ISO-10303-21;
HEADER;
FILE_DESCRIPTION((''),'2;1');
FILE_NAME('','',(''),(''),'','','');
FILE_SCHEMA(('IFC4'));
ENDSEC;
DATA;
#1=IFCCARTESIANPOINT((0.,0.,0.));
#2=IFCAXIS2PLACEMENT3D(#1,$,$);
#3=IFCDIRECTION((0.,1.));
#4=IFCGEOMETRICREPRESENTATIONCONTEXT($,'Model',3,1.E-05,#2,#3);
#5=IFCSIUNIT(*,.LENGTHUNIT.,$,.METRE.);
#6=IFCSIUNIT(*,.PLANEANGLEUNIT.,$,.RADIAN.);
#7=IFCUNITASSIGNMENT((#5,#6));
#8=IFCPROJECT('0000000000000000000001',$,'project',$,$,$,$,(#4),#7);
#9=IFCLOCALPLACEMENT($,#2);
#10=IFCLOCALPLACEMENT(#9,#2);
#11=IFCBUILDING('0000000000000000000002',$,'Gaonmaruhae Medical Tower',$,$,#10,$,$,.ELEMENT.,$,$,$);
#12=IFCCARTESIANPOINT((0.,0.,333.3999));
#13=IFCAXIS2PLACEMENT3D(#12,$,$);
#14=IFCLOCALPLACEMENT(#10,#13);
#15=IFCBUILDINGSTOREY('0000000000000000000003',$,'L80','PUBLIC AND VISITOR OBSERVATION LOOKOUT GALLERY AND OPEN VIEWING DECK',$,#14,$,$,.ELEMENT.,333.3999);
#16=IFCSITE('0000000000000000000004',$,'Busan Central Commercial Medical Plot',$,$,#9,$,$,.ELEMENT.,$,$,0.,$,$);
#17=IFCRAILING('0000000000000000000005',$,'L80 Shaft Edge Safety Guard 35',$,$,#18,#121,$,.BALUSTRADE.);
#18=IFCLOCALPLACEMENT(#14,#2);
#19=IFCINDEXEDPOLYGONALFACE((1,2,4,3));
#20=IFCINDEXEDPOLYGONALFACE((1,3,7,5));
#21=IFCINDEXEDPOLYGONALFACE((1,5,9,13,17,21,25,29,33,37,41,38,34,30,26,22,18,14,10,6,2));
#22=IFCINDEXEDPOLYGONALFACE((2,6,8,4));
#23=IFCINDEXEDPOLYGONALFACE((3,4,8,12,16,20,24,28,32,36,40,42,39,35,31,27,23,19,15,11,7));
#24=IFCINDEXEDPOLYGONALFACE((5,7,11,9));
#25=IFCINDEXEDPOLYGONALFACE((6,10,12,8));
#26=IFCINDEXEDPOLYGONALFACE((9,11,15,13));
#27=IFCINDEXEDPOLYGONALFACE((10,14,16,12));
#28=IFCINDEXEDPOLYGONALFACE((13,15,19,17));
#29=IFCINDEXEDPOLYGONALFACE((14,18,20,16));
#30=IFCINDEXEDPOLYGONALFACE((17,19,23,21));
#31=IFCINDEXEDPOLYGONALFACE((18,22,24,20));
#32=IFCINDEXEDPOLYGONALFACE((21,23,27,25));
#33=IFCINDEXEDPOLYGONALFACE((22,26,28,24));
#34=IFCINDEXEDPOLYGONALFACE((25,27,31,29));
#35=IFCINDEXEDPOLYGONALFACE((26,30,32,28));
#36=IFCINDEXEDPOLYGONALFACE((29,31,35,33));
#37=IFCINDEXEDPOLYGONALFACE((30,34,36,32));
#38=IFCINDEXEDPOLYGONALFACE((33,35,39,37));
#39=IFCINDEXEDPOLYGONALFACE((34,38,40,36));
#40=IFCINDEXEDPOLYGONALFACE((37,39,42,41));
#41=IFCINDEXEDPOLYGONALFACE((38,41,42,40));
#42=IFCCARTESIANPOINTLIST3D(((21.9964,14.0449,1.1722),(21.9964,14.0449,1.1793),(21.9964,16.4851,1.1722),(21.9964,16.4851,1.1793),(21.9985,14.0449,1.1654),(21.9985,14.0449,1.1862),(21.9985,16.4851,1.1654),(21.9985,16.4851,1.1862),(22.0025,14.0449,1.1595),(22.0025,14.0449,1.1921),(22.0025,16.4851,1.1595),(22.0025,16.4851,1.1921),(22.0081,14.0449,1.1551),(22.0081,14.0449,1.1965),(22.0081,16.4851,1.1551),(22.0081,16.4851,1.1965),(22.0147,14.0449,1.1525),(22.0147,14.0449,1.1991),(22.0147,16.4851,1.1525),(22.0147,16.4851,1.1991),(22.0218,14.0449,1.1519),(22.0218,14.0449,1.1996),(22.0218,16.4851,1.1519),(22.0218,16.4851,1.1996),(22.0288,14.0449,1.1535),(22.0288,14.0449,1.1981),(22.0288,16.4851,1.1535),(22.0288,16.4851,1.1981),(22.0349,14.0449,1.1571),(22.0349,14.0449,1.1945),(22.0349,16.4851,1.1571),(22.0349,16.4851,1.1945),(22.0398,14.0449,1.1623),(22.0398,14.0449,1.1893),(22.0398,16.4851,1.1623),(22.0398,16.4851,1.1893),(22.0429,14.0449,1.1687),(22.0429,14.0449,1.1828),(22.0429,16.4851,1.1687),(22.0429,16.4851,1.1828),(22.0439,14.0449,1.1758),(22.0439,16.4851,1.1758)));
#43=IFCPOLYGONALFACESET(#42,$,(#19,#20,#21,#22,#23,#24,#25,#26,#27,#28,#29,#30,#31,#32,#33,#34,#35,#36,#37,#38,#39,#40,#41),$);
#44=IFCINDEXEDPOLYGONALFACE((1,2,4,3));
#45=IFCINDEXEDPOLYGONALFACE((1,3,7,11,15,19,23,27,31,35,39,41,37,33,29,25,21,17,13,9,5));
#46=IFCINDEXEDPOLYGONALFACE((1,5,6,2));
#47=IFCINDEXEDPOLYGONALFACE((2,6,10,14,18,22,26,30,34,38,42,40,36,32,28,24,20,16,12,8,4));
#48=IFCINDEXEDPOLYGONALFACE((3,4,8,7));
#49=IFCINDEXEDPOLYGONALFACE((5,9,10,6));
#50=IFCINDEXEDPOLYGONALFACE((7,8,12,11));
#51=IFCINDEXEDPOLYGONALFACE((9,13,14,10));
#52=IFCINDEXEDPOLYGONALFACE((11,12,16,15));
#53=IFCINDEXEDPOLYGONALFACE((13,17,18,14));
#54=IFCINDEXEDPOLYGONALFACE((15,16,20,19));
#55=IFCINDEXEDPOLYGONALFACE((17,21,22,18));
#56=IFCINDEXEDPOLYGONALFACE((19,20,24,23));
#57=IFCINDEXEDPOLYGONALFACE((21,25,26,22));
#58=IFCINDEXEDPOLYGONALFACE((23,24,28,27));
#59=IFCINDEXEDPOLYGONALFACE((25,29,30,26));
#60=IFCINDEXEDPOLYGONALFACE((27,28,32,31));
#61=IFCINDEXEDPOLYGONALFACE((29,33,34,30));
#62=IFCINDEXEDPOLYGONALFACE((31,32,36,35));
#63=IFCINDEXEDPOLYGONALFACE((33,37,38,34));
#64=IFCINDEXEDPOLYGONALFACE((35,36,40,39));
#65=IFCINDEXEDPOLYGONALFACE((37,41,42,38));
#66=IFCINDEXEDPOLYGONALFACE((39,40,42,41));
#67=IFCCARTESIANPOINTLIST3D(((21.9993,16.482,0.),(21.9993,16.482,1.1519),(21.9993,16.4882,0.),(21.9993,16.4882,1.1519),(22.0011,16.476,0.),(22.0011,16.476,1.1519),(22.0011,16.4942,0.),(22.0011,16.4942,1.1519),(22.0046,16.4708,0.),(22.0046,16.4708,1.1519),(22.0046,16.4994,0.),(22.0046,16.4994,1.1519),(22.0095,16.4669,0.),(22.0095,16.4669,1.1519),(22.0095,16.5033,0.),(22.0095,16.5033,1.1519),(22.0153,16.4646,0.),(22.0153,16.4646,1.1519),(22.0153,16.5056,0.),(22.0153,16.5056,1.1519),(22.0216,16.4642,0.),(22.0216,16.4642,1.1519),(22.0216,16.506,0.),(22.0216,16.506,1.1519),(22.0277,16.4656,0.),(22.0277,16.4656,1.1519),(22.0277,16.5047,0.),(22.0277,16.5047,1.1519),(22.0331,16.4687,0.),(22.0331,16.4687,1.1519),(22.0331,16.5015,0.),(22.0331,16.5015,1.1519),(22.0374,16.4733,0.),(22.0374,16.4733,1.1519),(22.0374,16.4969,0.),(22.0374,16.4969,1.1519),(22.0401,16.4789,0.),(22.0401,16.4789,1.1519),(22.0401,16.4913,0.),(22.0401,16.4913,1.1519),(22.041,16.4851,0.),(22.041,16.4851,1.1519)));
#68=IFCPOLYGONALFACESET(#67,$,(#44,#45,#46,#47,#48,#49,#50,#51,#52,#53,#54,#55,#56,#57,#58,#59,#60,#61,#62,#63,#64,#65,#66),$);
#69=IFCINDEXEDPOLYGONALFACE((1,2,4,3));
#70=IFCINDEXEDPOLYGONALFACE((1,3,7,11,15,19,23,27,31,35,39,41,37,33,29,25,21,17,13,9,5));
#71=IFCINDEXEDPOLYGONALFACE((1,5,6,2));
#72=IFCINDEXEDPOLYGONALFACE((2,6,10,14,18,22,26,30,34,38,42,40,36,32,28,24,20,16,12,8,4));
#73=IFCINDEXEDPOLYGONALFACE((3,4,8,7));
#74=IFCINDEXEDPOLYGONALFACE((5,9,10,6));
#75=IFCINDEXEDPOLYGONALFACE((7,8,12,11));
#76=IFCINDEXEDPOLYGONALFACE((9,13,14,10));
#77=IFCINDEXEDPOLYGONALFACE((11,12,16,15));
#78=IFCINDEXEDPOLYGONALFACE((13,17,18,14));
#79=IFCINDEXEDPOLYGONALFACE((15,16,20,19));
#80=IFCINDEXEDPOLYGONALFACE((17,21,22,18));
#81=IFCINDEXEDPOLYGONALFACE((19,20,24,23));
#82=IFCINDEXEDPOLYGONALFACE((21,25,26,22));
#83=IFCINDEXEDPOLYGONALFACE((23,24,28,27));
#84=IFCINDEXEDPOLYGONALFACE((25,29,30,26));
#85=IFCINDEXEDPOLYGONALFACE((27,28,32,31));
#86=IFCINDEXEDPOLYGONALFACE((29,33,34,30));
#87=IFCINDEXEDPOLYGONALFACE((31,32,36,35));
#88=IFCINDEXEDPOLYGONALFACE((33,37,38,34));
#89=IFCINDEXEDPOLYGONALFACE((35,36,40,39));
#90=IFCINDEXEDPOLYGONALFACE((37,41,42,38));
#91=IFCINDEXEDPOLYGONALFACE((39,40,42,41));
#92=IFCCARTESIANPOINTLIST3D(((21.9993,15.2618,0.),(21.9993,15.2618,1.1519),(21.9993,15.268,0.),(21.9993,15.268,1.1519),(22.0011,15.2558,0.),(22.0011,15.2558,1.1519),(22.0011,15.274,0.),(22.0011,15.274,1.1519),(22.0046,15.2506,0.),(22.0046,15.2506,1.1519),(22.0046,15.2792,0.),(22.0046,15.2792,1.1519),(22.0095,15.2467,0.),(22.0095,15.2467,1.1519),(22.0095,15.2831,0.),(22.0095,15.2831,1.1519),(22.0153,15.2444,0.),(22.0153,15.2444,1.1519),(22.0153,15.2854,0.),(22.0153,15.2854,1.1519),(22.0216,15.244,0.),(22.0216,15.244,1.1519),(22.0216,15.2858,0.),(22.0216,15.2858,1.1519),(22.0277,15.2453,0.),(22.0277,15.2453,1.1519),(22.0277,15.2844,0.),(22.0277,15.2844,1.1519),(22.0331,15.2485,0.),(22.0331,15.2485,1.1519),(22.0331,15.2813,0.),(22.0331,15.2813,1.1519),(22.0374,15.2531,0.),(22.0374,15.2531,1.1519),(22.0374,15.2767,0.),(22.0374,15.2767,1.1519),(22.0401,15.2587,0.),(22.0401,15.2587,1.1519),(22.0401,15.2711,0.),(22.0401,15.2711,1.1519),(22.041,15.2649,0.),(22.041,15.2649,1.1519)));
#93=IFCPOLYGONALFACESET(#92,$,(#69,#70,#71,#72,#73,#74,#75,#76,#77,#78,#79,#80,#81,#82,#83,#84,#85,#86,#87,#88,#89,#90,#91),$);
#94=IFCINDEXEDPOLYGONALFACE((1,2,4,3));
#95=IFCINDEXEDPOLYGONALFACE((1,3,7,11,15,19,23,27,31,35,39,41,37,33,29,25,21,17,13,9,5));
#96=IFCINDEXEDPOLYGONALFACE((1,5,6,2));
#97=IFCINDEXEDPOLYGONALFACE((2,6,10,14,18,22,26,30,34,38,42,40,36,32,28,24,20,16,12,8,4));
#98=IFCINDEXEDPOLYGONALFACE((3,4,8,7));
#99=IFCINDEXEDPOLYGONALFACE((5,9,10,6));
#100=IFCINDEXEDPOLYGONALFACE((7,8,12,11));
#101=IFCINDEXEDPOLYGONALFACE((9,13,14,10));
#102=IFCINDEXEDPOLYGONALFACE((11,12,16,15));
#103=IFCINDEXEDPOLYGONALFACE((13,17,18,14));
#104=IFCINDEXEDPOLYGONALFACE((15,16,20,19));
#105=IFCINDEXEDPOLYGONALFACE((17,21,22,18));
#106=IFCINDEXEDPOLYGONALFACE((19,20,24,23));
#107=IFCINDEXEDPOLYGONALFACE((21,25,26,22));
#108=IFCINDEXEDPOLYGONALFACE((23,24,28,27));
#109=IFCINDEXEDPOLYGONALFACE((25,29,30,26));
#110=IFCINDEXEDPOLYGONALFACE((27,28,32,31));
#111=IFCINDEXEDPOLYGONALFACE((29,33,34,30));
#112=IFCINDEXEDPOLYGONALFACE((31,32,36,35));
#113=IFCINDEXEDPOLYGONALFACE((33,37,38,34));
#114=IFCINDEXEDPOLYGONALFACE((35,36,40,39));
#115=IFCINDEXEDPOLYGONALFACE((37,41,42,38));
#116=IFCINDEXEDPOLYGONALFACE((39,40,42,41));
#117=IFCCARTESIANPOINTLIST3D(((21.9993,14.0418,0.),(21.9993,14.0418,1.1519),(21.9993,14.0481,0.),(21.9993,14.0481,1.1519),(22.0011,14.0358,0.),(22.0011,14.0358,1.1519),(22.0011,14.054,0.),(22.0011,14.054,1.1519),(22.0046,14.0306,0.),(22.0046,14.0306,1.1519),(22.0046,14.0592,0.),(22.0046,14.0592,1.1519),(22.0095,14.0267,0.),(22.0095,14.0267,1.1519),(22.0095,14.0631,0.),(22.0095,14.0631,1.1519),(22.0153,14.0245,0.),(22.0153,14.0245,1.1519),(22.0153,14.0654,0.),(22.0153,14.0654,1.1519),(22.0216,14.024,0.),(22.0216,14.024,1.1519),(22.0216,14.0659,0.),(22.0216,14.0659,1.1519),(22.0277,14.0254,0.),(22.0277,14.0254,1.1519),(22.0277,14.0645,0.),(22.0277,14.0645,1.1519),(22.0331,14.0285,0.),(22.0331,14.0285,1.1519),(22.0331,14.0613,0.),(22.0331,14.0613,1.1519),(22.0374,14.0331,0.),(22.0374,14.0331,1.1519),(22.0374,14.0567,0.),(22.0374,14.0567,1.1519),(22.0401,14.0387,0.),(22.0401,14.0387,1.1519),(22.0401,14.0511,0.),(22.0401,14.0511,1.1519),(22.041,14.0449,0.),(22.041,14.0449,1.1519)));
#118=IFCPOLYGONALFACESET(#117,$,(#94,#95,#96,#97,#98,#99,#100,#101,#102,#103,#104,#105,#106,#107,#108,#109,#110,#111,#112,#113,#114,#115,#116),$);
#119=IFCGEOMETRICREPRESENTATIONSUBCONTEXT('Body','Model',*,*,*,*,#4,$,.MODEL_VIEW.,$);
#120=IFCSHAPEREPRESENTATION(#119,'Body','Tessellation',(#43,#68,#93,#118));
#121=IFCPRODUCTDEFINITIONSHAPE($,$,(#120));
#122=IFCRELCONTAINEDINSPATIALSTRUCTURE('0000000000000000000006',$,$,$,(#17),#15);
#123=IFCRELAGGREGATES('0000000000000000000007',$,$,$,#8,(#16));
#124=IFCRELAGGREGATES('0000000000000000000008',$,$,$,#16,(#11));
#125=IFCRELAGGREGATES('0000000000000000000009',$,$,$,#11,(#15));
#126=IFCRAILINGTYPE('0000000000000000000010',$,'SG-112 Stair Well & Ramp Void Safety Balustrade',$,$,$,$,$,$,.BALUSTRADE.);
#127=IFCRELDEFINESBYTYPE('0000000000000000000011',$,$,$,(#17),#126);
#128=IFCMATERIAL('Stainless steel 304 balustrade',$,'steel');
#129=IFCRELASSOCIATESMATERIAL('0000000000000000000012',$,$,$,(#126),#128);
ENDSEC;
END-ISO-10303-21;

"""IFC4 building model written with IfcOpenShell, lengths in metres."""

from ifc_helpers import new_model, si_unit, direction, frame, origin, origin_2d, place, context, subcontext, project, spatial, circle, extrude, material, type_object, element, save


model = new_model("IFC4")

# Units and contexts
model_context = context("Model", 3, precision=1e-05, world=origin(), true_north=direction((0.0, 1.0)))
body_context = subcontext(model_context, "Body", "Model", "MODEL_VIEW")
ifc_project = project(units=[si_unit("LENGTHUNIT", "METRE"), si_unit("PLANEANGLEUNIT", "RADIAN")], contexts=[model_context])

# Site, building, storey
site_placement = place(None, origin())
site = spatial("IfcSite", under=ifc_project, at=site_placement, Name="Busan Central Commercial Medical Plot", CompositionType="ELEMENT", RefElevation=0.0)
building_placement = place(site_placement, origin())
building = spatial("IfcBuilding", under=site, at=building_placement, Name="Gaonmaruhae Medical Tower", CompositionType="ELEMENT")
storey_placement = place(building_placement, frame((0.0, 0.0, 333.3999)))
storey = spatial("IfcBuildingStorey", under=building, at=storey_placement, Name="L80", Description="PUBLIC AND VISITOR OBSERVATION LOOKOUT GALLERY AND OPEN VIEWING DECK", CompositionType="ELEMENT", Elevation=333.3999)

# Railing
ifc_material_1 = material(Name="Stainless steel 304 balustrade", Category="steel")
railing_type_1 = type_object("IfcRailingType", Name="SG-112 Stair Well & Ramp Void Safety Balustrade", PredefinedType="BALUSTRADE", material=ifc_material_1)
railing_1_placement = place(storey_placement, frame((22.02, 16.4851, 0.0)))
element("IfcRailing", 1, at=railing_1_placement, inside=storey, type_object=railing_type_1, Name="L80 Shaft Edge Safety Guard 35", PredefinedType="BALUSTRADE", context=body_context, shape_type="SweptSolid", body=[
    extrude(circle(Radius=0.0239, at=origin_2d()), frame((0.0, 0.0, 1.1758), z_axis=(0.0, -1.0, 0.0), x_axis=(1.0, 0.0, 0.0)), (0.0, 0.0, 1.0), 2.4402),
    extrude(circle(Radius=0.021, at=origin_2d()), origin(), (0.0, 0.0, 1.0), 1.1519),
    extrude(circle(Radius=0.021, at=origin_2d()), frame((0.0, -1.2202, 0.0)), (0.0, 0.0, 1.0), 1.1519),
    extrude(circle(Radius=0.021, at=origin_2d()), frame((0.0, -2.4402, 0.0)), (0.0, 0.0, 1.0), 1.1519),
])

save(model, "model.ifc")
